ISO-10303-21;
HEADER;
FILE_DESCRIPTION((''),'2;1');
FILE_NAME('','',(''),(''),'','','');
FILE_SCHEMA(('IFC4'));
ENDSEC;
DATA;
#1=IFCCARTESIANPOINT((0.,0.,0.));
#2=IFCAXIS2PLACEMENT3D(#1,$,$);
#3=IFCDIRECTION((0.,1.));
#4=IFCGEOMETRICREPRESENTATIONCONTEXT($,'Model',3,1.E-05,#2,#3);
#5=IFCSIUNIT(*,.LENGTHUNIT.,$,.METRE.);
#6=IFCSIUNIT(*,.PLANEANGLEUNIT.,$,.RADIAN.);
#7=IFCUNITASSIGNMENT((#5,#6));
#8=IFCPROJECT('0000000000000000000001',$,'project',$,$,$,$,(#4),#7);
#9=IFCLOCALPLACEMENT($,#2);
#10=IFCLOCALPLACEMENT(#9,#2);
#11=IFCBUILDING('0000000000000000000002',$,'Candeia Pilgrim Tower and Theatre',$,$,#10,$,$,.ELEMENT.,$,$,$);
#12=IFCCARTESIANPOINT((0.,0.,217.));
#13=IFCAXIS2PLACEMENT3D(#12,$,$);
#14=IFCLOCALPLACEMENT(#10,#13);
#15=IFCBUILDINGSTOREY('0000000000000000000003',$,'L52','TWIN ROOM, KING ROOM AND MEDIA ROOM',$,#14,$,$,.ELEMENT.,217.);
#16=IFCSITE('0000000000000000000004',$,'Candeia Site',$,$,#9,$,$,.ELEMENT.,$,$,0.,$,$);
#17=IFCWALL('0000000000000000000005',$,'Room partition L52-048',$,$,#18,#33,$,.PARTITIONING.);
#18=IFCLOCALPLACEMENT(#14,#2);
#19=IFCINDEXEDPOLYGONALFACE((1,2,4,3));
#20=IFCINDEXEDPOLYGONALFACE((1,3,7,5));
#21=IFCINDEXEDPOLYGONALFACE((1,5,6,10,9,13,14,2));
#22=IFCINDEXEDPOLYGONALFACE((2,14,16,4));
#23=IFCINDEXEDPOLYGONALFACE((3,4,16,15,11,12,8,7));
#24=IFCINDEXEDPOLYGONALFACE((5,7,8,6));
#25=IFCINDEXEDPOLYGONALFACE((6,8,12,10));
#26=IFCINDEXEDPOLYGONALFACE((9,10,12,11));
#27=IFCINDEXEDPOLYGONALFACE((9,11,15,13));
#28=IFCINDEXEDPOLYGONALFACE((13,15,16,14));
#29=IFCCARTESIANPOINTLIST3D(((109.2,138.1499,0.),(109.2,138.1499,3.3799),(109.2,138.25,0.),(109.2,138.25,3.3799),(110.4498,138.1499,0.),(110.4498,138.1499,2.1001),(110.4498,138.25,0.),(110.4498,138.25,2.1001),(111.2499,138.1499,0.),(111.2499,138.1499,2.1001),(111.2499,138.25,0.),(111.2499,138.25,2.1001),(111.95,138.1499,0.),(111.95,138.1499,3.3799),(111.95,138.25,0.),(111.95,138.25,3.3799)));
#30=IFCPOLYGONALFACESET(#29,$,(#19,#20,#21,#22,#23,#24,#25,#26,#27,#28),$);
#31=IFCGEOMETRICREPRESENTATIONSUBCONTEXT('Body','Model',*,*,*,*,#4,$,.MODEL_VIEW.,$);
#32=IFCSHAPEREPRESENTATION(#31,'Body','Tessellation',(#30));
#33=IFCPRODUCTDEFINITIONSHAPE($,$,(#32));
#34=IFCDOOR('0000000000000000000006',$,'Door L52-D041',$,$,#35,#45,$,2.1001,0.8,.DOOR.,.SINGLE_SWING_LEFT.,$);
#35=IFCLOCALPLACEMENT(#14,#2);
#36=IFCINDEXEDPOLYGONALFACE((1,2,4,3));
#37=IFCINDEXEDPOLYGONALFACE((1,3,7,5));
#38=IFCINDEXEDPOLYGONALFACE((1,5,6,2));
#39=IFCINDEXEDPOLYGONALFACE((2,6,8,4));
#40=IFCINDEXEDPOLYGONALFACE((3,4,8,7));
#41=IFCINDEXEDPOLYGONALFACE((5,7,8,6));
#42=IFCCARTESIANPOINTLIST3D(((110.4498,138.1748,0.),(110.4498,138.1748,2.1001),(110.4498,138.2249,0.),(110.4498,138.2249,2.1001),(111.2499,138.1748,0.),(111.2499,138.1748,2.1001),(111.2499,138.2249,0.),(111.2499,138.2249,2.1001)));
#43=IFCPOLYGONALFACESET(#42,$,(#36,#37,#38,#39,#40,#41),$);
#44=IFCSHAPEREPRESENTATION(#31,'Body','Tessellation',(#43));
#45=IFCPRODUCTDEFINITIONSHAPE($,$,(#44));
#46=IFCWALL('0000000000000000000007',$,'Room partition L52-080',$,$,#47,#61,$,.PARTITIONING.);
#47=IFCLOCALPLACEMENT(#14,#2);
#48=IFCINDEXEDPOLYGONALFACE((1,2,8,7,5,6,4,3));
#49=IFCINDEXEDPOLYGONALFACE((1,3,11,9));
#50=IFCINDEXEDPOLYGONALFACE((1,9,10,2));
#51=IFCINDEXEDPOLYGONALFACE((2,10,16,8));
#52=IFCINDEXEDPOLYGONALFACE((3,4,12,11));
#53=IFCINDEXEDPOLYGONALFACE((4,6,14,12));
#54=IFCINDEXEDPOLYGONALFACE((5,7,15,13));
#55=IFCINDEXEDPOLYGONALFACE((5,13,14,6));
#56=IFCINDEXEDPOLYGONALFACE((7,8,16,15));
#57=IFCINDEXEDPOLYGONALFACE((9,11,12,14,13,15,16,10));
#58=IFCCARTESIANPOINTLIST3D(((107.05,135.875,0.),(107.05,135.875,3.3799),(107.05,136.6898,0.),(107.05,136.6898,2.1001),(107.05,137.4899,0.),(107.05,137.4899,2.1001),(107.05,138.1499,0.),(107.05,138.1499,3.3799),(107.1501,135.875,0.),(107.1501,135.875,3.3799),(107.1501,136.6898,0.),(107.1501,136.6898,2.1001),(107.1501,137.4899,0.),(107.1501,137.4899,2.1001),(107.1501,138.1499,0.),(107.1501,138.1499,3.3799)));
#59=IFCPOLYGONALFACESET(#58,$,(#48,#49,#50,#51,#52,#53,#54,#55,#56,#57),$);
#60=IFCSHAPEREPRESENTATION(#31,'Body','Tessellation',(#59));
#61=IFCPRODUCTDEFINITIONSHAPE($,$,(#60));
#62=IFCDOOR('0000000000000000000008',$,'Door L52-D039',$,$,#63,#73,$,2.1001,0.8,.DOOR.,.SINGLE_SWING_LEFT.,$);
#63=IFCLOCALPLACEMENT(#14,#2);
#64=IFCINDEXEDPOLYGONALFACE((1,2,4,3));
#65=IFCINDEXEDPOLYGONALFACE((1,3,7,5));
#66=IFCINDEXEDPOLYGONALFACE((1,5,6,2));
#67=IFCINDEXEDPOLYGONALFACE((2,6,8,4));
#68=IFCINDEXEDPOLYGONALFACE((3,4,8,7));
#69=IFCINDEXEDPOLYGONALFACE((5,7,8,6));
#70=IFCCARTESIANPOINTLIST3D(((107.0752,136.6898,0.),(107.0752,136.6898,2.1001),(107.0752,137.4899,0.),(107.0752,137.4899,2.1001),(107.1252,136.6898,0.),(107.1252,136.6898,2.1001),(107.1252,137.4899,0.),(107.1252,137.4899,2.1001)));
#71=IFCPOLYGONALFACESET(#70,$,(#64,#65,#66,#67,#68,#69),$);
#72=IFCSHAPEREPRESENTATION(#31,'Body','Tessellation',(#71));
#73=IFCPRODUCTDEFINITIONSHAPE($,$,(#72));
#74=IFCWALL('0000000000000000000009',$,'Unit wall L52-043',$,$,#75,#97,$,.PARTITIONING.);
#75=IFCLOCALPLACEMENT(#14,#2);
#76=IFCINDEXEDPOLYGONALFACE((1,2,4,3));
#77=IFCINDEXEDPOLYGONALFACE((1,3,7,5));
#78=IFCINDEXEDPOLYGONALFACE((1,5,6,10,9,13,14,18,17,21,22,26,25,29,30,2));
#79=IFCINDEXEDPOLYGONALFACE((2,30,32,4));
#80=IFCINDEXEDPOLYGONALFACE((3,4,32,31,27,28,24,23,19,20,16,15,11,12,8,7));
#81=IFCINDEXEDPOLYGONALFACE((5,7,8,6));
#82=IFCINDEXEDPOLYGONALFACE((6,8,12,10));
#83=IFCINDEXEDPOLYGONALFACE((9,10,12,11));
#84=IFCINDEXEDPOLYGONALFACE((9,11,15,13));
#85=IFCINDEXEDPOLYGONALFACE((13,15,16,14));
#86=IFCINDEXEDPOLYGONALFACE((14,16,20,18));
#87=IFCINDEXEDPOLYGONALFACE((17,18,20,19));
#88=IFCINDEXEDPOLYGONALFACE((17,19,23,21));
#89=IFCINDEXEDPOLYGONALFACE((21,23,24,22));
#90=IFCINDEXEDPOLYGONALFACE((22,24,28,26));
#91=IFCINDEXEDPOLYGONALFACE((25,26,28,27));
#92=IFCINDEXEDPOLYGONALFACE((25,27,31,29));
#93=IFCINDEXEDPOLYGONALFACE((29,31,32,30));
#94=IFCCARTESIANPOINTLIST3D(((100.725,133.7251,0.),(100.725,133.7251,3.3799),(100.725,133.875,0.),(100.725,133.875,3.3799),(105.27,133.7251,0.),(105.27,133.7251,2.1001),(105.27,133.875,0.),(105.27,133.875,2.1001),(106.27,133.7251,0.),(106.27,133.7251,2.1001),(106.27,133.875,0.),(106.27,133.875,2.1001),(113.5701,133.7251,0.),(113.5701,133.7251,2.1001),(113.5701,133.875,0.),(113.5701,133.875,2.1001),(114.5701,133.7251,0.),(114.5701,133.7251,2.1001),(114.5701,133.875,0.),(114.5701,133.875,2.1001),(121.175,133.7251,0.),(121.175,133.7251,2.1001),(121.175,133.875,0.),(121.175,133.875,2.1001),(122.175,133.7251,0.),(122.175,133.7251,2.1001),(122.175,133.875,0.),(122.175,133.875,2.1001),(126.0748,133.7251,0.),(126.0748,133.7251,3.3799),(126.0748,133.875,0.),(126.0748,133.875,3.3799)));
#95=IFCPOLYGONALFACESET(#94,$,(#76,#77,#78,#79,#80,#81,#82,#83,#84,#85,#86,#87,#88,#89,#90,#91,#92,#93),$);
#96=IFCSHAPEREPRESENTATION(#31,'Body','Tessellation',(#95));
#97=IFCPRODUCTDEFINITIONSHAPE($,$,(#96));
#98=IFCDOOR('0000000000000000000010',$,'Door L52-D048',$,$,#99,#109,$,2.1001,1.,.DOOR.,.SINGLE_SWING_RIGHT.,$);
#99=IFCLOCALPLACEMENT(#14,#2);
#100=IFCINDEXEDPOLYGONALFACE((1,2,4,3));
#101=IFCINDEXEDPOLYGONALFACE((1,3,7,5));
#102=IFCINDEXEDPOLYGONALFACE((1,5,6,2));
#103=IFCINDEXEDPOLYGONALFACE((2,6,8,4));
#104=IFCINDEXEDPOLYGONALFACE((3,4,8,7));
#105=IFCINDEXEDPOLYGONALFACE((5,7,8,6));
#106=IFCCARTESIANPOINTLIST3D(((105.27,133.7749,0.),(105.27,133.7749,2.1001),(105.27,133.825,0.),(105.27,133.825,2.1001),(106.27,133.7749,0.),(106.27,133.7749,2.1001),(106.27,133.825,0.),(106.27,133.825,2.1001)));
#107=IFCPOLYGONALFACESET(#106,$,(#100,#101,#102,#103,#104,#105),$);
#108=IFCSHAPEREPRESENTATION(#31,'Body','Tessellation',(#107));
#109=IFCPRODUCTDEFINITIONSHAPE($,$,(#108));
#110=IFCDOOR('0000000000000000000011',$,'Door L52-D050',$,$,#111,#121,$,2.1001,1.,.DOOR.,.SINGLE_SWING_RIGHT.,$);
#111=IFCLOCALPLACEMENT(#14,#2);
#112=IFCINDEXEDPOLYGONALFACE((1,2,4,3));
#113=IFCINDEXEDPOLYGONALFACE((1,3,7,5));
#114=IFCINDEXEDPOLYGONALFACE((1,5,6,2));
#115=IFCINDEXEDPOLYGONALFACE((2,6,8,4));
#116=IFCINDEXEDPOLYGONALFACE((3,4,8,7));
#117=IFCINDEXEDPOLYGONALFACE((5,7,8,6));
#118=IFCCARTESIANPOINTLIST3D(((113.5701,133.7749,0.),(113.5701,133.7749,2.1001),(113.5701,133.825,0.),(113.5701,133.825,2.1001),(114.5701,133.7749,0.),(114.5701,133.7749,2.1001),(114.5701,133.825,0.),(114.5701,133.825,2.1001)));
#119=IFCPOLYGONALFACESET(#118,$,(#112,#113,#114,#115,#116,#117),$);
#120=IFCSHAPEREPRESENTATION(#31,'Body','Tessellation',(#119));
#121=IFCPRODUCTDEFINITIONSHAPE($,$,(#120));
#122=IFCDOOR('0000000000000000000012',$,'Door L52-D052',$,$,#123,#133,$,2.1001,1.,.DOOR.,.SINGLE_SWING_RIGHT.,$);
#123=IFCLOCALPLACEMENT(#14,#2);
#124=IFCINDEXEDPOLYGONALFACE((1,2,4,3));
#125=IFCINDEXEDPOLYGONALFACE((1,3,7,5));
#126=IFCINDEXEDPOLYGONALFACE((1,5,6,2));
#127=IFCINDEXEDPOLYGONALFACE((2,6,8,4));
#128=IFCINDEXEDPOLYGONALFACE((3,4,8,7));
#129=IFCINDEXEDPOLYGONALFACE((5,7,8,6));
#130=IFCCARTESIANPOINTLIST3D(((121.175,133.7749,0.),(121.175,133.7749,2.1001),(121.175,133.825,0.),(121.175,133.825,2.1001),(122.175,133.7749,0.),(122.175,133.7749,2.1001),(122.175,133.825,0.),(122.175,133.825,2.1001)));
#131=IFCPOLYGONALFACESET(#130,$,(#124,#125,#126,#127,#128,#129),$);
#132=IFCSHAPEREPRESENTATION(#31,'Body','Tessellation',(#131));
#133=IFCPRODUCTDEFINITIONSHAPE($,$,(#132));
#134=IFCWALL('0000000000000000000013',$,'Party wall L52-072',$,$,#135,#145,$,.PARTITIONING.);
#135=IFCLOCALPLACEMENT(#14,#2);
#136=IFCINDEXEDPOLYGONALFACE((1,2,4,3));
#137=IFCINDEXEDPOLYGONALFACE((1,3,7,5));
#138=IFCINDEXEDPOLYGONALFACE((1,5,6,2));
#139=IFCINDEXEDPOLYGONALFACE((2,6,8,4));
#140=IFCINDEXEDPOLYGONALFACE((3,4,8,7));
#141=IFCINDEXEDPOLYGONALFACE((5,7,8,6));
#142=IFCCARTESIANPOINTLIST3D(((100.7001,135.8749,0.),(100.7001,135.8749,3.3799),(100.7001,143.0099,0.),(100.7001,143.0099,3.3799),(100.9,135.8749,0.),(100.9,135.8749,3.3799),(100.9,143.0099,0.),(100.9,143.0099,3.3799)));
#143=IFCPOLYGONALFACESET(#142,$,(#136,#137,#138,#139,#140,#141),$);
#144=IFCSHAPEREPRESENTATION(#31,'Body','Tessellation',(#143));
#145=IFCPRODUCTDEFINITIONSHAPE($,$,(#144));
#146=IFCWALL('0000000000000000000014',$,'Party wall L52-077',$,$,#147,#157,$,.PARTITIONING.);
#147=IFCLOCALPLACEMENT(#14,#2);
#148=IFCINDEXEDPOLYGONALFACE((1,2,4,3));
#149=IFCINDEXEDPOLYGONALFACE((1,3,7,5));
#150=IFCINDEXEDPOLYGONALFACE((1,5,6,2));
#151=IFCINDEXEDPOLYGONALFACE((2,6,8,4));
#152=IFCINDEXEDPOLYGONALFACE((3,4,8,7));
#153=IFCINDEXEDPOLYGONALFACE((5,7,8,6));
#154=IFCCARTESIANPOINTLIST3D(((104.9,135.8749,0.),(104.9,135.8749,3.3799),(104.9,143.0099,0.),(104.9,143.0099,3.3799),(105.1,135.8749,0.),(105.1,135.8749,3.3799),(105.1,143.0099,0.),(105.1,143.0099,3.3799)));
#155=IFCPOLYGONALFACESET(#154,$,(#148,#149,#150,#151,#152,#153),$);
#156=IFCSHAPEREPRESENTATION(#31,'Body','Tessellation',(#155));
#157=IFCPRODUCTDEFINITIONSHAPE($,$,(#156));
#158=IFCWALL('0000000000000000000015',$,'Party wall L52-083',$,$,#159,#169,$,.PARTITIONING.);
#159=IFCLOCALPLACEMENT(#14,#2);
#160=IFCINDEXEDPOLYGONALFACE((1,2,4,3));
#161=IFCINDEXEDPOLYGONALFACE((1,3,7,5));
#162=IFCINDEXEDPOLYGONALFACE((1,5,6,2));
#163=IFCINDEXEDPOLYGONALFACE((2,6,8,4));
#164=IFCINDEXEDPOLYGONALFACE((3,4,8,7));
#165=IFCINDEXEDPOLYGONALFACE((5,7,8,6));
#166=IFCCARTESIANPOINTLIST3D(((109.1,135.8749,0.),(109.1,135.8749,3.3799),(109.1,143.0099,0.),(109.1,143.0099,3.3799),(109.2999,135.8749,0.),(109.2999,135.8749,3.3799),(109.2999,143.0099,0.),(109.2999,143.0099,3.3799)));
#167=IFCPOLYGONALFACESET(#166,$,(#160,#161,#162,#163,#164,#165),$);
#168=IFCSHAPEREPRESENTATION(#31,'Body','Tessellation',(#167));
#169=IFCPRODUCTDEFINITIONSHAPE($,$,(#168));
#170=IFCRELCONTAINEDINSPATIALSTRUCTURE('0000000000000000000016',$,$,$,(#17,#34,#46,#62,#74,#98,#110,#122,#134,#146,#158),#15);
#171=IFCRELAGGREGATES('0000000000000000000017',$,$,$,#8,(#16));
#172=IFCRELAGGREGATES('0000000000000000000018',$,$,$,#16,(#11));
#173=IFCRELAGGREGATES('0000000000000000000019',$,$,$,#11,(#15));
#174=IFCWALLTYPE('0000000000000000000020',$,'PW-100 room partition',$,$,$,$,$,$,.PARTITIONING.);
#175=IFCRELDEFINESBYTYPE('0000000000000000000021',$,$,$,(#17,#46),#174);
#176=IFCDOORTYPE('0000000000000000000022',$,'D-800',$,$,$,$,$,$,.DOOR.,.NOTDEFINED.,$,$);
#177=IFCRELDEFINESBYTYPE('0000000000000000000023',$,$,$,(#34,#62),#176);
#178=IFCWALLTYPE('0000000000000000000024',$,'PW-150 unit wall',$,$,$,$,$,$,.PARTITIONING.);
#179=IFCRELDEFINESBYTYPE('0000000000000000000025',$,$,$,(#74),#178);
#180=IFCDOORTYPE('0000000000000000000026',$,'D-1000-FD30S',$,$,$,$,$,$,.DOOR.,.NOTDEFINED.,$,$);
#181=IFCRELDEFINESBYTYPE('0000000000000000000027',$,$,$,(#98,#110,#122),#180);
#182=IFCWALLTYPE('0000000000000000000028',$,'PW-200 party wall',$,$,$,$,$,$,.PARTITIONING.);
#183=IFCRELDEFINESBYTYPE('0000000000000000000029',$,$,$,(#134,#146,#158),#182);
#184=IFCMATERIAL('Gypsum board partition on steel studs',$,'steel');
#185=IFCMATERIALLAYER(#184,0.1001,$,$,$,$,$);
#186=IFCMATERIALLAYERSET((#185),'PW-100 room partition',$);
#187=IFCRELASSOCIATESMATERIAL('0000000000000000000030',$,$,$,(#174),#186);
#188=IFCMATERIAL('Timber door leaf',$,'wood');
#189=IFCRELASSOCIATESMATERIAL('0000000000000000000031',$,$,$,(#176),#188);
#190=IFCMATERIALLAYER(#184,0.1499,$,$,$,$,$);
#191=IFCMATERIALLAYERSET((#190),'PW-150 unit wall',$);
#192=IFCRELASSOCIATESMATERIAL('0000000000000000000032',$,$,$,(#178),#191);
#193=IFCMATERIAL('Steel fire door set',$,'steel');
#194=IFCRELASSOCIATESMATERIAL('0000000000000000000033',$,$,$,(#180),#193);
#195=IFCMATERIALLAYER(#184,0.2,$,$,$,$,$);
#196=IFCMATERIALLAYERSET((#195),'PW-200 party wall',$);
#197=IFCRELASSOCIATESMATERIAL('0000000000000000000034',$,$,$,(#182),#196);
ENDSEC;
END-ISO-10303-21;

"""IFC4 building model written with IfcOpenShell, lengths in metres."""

from ifc_helpers import new_model, si_unit, direction, frame, frame_2d, origin, place, context, subcontext, project, spatial, rectangle, extrude, material, layer, layer_set, type_object, element, fill, save


model = new_model("IFC4")

# Units and contexts
model_context = context("Model", 3, precision=1e-05, world=origin(), true_north=direction((0.0, 1.0)))
body_context = subcontext(model_context, "Body", "Model", "MODEL_VIEW")
ifc_project = project(units=[si_unit("LENGTHUNIT", "METRE"), si_unit("PLANEANGLEUNIT", "RADIAN")], contexts=[model_context])

# Site, building, storey
site_placement = place(None, origin())
site = spatial("IfcSite", under=ifc_project, at=site_placement, Name="Candeia Site", CompositionType="ELEMENT", RefElevation=0.0)
building_placement = place(site_placement, origin())
building = spatial("IfcBuilding", under=site, at=building_placement, Name="Candeia Pilgrim Tower and Theatre", CompositionType="ELEMENT")
storey_placement = place(building_placement, frame((0.0, 0.0, 217.0)))
storey = spatial("IfcBuildingStorey", under=building, at=storey_placement, Name="L52", Description="TWIN ROOM, KING ROOM AND MEDIA ROOM", CompositionType="ELEMENT", Elevation=217.0)

# Shared definitions
ifc_material_1 = material(Name="Gypsum board partition on steel studs", Category="steel")
ifc_layer_1 = layer(ifc_material_1, 0.1001)
ifc_layer_set_1 = layer_set([ifc_layer_1], Name="PW-100 room partition")
wall_type_1 = type_object("IfcWallType", Name="PW-100 room partition", PredefinedType="PARTITIONING", material=ifc_layer_set_1)

# Walls, openings, doors
wall_1_placement = place(storey_placement, frame((109.2, 138.2, 0.0), z_axis=(0.0, 0.0, 1.0), x_axis=(1.0, 0.0, 0.0)))
wall_1 = element("IfcWall", 1, at=wall_1_placement, inside=storey, type_object=wall_type_1, Name="Room partition L52-048", PredefinedType="PARTITIONING", context=body_context, shape_type="SweptSolid", body=[
    extrude(rectangle(XDim=2.75, YDim=0.1001, at=frame_2d((1.375, 0.0))), origin(), (0.0, 0.0, 1.0), 3.3799),
])
opening_1_placement = place(wall_1_placement, frame((1.25, 0.0, 0.0)))
opening_1 = element("IfcOpeningElement", 2, at=opening_1_placement, cuts=wall_1, PredefinedType="OPENING", context=body_context, shape_type="SweptSolid", body=[
    extrude(rectangle(XDim=0.8, YDim=2.1001, at=frame_2d((0.3999, 1.05))), frame((0.0, 0.0601, 0.0), z_axis=(0.0, -1.0, 0.0), x_axis=(1.0, 0.0, 0.0)), (0.0, 0.0, 1.0), 0.1201),
])
ifc_material_2 = material(Name="Timber door leaf", Category="wood")
door_type_1 = type_object("IfcDoorType", Name="D-800", OperationType="NOTDEFINED", PredefinedType="DOOR", material=ifc_material_2)
door_1_placement = place(opening_1_placement, origin())
door_1 = element("IfcDoor", 3, at=door_1_placement, inside=storey, type_object=door_type_1, Name="Door L52-D041", OperationType="SINGLE_SWING_LEFT", OverallHeight=2.1001, OverallWidth=0.8, PredefinedType="DOOR", context=body_context, shape_type="SweptSolid", body=[
    extrude(rectangle(XDim=0.8, YDim=2.1001, at=frame_2d((0.3999, 1.05))), frame((0.0, 0.0249, 0.0), z_axis=(0.0, -1.0, 0.0), x_axis=(1.0, 0.0, 0.0)), (0.0, 0.0, 1.0), 0.05),
])
fill(opening_1, door_1)
wall_2_placement = place(storey_placement, frame((107.1001, 135.875, 0.0), z_axis=(0.0, 0.0, 1.0), x_axis=(0.0, 1.0, 0.0)))
wall_2 = element("IfcWall", 4, at=wall_2_placement, inside=storey, type_object=wall_type_1, Name="Room partition L52-080", PredefinedType="PARTITIONING", context=body_context, shape_type="SweptSolid", body=[
    extrude(rectangle(XDim=2.2749, YDim=0.1001, at=frame_2d((1.1375, 0.0))), origin(), (0.0, 0.0, 1.0), 3.3799),
])
opening_2_placement = place(wall_2_placement, frame((0.8149, 0.0, 0.0)))
opening_2 = element("IfcOpeningElement", 5, at=opening_2_placement, cuts=wall_2, PredefinedType="OPENING", context=body_context, shape_type="SweptSolid", body=[
    extrude(rectangle(XDim=0.8, YDim=2.1001, at=frame_2d((0.3999, 1.05))), frame((0.0, 0.0601, 0.0), z_axis=(0.0, -1.0, 0.0), x_axis=(1.0, 0.0, 0.0)), (0.0, 0.0, 1.0), 0.1201),
])
door_2_placement = place(opening_2_placement, origin())
door_2 = element("IfcDoor", 6, at=door_2_placement, inside=storey, type_object=door_type_1, Name="Door L52-D039", OperationType="SINGLE_SWING_LEFT", OverallHeight=2.1001, OverallWidth=0.8, PredefinedType="DOOR", context=body_context, shape_type="SweptSolid", body=[
    extrude(rectangle(XDim=0.8, YDim=2.1001, at=frame_2d((0.3999, 1.05))), frame((0.0, 0.0249, 0.0), z_axis=(0.0, -1.0, 0.0), x_axis=(1.0, 0.0, 0.0)), (0.0, 0.0, 1.0), 0.05),
])
fill(opening_2, door_2)

# Wall, openings, doors
ifc_layer_2 = layer(ifc_material_1, 0.1499)
ifc_layer_set_2 = layer_set([ifc_layer_2], Name="PW-150 unit wall")
wall_type_2 = type_object("IfcWallType", Name="PW-150 unit wall", PredefinedType="PARTITIONING", material=ifc_layer_set_2)
wall_3_placement = place(storey_placement, frame((100.7251, 133.8, 0.0), z_axis=(0.0, 0.0, 1.0), x_axis=(1.0, 0.0, 0.0)))
wall_3 = element("IfcWall", 7, at=wall_3_placement, inside=storey, type_object=wall_type_2, Name="Unit wall L52-043", PredefinedType="PARTITIONING", context=body_context, shape_type="SweptSolid", body=[
    extrude(rectangle(XDim=25.3499, YDim=0.1499, at=frame_2d((12.6748, 0.0))), origin(), (0.0, 0.0, 1.0), 3.3799),
])
opening_3_placement = place(wall_3_placement, frame((4.5449, 0.0, 0.0)))
opening_3 = element("IfcOpeningElement", 8, at=opening_3_placement, cuts=wall_3, PredefinedType="OPENING", context=body_context, shape_type="SweptSolid", body=[
    extrude(rectangle(XDim=1.0, YDim=2.1001, at=frame_2d((0.5, 1.05))), frame((0.0, 0.085, 0.0), z_axis=(0.0, -1.0, 0.0), x_axis=(1.0, 0.0, 0.0)), (0.0, 0.0, 1.0), 0.1699),
])
opening_4_placement = place(wall_3_placement, frame((12.845, 0.0, 0.0)))
opening_4 = element("IfcOpeningElement", 9, at=opening_4_placement, cuts=wall_3, PredefinedType="OPENING", context=body_context, shape_type="SweptSolid", body=[
    extrude(rectangle(XDim=1.0, YDim=2.1001, at=frame_2d((0.5, 1.05))), frame((0.0, 0.085, 0.0), z_axis=(0.0, -1.0, 0.0), x_axis=(1.0, 0.0, 0.0)), (0.0, 0.0, 1.0), 0.1699),
])
opening_5_placement = place(wall_3_placement, frame((20.45, 0.0, 0.0)))
opening_5 = element("IfcOpeningElement", 10, at=opening_5_placement, cuts=wall_3, PredefinedType="OPENING", context=body_context, shape_type="SweptSolid", body=[
    extrude(rectangle(XDim=1.0, YDim=2.1001, at=frame_2d((0.5, 1.05))), frame((0.0, 0.085, 0.0), z_axis=(0.0, -1.0, 0.0), x_axis=(1.0, 0.0, 0.0)), (0.0, 0.0, 1.0), 0.1699),
])
ifc_material_3 = material(Name="Steel fire door set", Category="steel")
door_type_2 = type_object("IfcDoorType", Name="D-1000-FD30S", OperationType="NOTDEFINED", PredefinedType="DOOR", material=ifc_material_3)
door_3_placement = place(opening_3_placement, origin())
door_3 = element("IfcDoor", 11, at=door_3_placement, inside=storey, type_object=door_type_2, Name="Door L52-D048", OperationType="SINGLE_SWING_RIGHT", OverallHeight=2.1001, OverallWidth=1.0, PredefinedType="DOOR", context=body_context, shape_type="SweptSolid", body=[
    extrude(rectangle(XDim=1.0, YDim=2.1001, at=frame_2d((0.5, 1.05))), frame((0.0, 0.0249, 0.0), z_axis=(0.0, -1.0, 0.0), x_axis=(1.0, 0.0, 0.0)), (0.0, 0.0, 1.0), 0.05),
])
fill(opening_3, door_3)
door_4_placement = place(opening_4_placement, origin())
door_4 = element("IfcDoor", 12, at=door_4_placement, inside=storey, type_object=door_type_2, Name="Door L52-D050", OperationType="SINGLE_SWING_RIGHT", OverallHeight=2.1001, OverallWidth=1.0, PredefinedType="DOOR", context=body_context, shape_type="SweptSolid", body=[
    extrude(rectangle(XDim=1.0, YDim=2.1001, at=frame_2d((0.5, 1.05))), frame((0.0, 0.0249, 0.0), z_axis=(0.0, -1.0, 0.0), x_axis=(1.0, 0.0, 0.0)), (0.0, 0.0, 1.0), 0.05),
])
fill(opening_4, door_4)
door_5_placement = place(opening_5_placement, origin())
door_5 = element("IfcDoor", 13, at=door_5_placement, inside=storey, type_object=door_type_2, Name="Door L52-D052", OperationType="SINGLE_SWING_RIGHT", OverallHeight=2.1001, OverallWidth=1.0, PredefinedType="DOOR", context=body_context, shape_type="SweptSolid", body=[
    extrude(rectangle(XDim=1.0, YDim=2.1001, at=frame_2d((0.5, 1.05))), frame((0.0, 0.0249, 0.0), z_axis=(0.0, -1.0, 0.0), x_axis=(1.0, 0.0, 0.0)), (0.0, 0.0, 1.0), 0.05),
])
fill(opening_5, door_5)

# Walls
ifc_layer_3 = layer(ifc_material_1, 0.2)
ifc_layer_set_3 = layer_set([ifc_layer_3], Name="PW-200 party wall")
wall_type_3 = type_object("IfcWallType", Name="PW-200 party wall", PredefinedType="PARTITIONING", material=ifc_layer_set_3)
for number, where, z_axis, x_axis, name in (
    (14, (100.8, 135.875, 0.0), (0.0, 0.0, 1.0), (0.0, 1.0, 0.0), "Party wall L52-072"),
    (15, (105.0, 135.875, 0.0), (0.0, 0.0, 1.0), (0.0, 1.0, 0.0), "Party wall L52-077"),
    (16, (109.2, 135.875, 0.0), (0.0, 0.0, 1.0), (0.0, 1.0, 0.0), "Party wall L52-083"),
):
    element("IfcWall", number, at=place(storey_placement, frame(where, z_axis=z_axis, x_axis=x_axis)), inside=storey, type_object=wall_type_3, Name=name, PredefinedType="PARTITIONING", context=body_context, shape_type="SweptSolid", body=[
        extrude(rectangle(XDim=7.135, YDim=0.2, at=frame_2d((3.5674, 0.0))), origin(), (0.0, 0.0, 1.0), 3.3799),
    ])

save(model, "model.ifc")
